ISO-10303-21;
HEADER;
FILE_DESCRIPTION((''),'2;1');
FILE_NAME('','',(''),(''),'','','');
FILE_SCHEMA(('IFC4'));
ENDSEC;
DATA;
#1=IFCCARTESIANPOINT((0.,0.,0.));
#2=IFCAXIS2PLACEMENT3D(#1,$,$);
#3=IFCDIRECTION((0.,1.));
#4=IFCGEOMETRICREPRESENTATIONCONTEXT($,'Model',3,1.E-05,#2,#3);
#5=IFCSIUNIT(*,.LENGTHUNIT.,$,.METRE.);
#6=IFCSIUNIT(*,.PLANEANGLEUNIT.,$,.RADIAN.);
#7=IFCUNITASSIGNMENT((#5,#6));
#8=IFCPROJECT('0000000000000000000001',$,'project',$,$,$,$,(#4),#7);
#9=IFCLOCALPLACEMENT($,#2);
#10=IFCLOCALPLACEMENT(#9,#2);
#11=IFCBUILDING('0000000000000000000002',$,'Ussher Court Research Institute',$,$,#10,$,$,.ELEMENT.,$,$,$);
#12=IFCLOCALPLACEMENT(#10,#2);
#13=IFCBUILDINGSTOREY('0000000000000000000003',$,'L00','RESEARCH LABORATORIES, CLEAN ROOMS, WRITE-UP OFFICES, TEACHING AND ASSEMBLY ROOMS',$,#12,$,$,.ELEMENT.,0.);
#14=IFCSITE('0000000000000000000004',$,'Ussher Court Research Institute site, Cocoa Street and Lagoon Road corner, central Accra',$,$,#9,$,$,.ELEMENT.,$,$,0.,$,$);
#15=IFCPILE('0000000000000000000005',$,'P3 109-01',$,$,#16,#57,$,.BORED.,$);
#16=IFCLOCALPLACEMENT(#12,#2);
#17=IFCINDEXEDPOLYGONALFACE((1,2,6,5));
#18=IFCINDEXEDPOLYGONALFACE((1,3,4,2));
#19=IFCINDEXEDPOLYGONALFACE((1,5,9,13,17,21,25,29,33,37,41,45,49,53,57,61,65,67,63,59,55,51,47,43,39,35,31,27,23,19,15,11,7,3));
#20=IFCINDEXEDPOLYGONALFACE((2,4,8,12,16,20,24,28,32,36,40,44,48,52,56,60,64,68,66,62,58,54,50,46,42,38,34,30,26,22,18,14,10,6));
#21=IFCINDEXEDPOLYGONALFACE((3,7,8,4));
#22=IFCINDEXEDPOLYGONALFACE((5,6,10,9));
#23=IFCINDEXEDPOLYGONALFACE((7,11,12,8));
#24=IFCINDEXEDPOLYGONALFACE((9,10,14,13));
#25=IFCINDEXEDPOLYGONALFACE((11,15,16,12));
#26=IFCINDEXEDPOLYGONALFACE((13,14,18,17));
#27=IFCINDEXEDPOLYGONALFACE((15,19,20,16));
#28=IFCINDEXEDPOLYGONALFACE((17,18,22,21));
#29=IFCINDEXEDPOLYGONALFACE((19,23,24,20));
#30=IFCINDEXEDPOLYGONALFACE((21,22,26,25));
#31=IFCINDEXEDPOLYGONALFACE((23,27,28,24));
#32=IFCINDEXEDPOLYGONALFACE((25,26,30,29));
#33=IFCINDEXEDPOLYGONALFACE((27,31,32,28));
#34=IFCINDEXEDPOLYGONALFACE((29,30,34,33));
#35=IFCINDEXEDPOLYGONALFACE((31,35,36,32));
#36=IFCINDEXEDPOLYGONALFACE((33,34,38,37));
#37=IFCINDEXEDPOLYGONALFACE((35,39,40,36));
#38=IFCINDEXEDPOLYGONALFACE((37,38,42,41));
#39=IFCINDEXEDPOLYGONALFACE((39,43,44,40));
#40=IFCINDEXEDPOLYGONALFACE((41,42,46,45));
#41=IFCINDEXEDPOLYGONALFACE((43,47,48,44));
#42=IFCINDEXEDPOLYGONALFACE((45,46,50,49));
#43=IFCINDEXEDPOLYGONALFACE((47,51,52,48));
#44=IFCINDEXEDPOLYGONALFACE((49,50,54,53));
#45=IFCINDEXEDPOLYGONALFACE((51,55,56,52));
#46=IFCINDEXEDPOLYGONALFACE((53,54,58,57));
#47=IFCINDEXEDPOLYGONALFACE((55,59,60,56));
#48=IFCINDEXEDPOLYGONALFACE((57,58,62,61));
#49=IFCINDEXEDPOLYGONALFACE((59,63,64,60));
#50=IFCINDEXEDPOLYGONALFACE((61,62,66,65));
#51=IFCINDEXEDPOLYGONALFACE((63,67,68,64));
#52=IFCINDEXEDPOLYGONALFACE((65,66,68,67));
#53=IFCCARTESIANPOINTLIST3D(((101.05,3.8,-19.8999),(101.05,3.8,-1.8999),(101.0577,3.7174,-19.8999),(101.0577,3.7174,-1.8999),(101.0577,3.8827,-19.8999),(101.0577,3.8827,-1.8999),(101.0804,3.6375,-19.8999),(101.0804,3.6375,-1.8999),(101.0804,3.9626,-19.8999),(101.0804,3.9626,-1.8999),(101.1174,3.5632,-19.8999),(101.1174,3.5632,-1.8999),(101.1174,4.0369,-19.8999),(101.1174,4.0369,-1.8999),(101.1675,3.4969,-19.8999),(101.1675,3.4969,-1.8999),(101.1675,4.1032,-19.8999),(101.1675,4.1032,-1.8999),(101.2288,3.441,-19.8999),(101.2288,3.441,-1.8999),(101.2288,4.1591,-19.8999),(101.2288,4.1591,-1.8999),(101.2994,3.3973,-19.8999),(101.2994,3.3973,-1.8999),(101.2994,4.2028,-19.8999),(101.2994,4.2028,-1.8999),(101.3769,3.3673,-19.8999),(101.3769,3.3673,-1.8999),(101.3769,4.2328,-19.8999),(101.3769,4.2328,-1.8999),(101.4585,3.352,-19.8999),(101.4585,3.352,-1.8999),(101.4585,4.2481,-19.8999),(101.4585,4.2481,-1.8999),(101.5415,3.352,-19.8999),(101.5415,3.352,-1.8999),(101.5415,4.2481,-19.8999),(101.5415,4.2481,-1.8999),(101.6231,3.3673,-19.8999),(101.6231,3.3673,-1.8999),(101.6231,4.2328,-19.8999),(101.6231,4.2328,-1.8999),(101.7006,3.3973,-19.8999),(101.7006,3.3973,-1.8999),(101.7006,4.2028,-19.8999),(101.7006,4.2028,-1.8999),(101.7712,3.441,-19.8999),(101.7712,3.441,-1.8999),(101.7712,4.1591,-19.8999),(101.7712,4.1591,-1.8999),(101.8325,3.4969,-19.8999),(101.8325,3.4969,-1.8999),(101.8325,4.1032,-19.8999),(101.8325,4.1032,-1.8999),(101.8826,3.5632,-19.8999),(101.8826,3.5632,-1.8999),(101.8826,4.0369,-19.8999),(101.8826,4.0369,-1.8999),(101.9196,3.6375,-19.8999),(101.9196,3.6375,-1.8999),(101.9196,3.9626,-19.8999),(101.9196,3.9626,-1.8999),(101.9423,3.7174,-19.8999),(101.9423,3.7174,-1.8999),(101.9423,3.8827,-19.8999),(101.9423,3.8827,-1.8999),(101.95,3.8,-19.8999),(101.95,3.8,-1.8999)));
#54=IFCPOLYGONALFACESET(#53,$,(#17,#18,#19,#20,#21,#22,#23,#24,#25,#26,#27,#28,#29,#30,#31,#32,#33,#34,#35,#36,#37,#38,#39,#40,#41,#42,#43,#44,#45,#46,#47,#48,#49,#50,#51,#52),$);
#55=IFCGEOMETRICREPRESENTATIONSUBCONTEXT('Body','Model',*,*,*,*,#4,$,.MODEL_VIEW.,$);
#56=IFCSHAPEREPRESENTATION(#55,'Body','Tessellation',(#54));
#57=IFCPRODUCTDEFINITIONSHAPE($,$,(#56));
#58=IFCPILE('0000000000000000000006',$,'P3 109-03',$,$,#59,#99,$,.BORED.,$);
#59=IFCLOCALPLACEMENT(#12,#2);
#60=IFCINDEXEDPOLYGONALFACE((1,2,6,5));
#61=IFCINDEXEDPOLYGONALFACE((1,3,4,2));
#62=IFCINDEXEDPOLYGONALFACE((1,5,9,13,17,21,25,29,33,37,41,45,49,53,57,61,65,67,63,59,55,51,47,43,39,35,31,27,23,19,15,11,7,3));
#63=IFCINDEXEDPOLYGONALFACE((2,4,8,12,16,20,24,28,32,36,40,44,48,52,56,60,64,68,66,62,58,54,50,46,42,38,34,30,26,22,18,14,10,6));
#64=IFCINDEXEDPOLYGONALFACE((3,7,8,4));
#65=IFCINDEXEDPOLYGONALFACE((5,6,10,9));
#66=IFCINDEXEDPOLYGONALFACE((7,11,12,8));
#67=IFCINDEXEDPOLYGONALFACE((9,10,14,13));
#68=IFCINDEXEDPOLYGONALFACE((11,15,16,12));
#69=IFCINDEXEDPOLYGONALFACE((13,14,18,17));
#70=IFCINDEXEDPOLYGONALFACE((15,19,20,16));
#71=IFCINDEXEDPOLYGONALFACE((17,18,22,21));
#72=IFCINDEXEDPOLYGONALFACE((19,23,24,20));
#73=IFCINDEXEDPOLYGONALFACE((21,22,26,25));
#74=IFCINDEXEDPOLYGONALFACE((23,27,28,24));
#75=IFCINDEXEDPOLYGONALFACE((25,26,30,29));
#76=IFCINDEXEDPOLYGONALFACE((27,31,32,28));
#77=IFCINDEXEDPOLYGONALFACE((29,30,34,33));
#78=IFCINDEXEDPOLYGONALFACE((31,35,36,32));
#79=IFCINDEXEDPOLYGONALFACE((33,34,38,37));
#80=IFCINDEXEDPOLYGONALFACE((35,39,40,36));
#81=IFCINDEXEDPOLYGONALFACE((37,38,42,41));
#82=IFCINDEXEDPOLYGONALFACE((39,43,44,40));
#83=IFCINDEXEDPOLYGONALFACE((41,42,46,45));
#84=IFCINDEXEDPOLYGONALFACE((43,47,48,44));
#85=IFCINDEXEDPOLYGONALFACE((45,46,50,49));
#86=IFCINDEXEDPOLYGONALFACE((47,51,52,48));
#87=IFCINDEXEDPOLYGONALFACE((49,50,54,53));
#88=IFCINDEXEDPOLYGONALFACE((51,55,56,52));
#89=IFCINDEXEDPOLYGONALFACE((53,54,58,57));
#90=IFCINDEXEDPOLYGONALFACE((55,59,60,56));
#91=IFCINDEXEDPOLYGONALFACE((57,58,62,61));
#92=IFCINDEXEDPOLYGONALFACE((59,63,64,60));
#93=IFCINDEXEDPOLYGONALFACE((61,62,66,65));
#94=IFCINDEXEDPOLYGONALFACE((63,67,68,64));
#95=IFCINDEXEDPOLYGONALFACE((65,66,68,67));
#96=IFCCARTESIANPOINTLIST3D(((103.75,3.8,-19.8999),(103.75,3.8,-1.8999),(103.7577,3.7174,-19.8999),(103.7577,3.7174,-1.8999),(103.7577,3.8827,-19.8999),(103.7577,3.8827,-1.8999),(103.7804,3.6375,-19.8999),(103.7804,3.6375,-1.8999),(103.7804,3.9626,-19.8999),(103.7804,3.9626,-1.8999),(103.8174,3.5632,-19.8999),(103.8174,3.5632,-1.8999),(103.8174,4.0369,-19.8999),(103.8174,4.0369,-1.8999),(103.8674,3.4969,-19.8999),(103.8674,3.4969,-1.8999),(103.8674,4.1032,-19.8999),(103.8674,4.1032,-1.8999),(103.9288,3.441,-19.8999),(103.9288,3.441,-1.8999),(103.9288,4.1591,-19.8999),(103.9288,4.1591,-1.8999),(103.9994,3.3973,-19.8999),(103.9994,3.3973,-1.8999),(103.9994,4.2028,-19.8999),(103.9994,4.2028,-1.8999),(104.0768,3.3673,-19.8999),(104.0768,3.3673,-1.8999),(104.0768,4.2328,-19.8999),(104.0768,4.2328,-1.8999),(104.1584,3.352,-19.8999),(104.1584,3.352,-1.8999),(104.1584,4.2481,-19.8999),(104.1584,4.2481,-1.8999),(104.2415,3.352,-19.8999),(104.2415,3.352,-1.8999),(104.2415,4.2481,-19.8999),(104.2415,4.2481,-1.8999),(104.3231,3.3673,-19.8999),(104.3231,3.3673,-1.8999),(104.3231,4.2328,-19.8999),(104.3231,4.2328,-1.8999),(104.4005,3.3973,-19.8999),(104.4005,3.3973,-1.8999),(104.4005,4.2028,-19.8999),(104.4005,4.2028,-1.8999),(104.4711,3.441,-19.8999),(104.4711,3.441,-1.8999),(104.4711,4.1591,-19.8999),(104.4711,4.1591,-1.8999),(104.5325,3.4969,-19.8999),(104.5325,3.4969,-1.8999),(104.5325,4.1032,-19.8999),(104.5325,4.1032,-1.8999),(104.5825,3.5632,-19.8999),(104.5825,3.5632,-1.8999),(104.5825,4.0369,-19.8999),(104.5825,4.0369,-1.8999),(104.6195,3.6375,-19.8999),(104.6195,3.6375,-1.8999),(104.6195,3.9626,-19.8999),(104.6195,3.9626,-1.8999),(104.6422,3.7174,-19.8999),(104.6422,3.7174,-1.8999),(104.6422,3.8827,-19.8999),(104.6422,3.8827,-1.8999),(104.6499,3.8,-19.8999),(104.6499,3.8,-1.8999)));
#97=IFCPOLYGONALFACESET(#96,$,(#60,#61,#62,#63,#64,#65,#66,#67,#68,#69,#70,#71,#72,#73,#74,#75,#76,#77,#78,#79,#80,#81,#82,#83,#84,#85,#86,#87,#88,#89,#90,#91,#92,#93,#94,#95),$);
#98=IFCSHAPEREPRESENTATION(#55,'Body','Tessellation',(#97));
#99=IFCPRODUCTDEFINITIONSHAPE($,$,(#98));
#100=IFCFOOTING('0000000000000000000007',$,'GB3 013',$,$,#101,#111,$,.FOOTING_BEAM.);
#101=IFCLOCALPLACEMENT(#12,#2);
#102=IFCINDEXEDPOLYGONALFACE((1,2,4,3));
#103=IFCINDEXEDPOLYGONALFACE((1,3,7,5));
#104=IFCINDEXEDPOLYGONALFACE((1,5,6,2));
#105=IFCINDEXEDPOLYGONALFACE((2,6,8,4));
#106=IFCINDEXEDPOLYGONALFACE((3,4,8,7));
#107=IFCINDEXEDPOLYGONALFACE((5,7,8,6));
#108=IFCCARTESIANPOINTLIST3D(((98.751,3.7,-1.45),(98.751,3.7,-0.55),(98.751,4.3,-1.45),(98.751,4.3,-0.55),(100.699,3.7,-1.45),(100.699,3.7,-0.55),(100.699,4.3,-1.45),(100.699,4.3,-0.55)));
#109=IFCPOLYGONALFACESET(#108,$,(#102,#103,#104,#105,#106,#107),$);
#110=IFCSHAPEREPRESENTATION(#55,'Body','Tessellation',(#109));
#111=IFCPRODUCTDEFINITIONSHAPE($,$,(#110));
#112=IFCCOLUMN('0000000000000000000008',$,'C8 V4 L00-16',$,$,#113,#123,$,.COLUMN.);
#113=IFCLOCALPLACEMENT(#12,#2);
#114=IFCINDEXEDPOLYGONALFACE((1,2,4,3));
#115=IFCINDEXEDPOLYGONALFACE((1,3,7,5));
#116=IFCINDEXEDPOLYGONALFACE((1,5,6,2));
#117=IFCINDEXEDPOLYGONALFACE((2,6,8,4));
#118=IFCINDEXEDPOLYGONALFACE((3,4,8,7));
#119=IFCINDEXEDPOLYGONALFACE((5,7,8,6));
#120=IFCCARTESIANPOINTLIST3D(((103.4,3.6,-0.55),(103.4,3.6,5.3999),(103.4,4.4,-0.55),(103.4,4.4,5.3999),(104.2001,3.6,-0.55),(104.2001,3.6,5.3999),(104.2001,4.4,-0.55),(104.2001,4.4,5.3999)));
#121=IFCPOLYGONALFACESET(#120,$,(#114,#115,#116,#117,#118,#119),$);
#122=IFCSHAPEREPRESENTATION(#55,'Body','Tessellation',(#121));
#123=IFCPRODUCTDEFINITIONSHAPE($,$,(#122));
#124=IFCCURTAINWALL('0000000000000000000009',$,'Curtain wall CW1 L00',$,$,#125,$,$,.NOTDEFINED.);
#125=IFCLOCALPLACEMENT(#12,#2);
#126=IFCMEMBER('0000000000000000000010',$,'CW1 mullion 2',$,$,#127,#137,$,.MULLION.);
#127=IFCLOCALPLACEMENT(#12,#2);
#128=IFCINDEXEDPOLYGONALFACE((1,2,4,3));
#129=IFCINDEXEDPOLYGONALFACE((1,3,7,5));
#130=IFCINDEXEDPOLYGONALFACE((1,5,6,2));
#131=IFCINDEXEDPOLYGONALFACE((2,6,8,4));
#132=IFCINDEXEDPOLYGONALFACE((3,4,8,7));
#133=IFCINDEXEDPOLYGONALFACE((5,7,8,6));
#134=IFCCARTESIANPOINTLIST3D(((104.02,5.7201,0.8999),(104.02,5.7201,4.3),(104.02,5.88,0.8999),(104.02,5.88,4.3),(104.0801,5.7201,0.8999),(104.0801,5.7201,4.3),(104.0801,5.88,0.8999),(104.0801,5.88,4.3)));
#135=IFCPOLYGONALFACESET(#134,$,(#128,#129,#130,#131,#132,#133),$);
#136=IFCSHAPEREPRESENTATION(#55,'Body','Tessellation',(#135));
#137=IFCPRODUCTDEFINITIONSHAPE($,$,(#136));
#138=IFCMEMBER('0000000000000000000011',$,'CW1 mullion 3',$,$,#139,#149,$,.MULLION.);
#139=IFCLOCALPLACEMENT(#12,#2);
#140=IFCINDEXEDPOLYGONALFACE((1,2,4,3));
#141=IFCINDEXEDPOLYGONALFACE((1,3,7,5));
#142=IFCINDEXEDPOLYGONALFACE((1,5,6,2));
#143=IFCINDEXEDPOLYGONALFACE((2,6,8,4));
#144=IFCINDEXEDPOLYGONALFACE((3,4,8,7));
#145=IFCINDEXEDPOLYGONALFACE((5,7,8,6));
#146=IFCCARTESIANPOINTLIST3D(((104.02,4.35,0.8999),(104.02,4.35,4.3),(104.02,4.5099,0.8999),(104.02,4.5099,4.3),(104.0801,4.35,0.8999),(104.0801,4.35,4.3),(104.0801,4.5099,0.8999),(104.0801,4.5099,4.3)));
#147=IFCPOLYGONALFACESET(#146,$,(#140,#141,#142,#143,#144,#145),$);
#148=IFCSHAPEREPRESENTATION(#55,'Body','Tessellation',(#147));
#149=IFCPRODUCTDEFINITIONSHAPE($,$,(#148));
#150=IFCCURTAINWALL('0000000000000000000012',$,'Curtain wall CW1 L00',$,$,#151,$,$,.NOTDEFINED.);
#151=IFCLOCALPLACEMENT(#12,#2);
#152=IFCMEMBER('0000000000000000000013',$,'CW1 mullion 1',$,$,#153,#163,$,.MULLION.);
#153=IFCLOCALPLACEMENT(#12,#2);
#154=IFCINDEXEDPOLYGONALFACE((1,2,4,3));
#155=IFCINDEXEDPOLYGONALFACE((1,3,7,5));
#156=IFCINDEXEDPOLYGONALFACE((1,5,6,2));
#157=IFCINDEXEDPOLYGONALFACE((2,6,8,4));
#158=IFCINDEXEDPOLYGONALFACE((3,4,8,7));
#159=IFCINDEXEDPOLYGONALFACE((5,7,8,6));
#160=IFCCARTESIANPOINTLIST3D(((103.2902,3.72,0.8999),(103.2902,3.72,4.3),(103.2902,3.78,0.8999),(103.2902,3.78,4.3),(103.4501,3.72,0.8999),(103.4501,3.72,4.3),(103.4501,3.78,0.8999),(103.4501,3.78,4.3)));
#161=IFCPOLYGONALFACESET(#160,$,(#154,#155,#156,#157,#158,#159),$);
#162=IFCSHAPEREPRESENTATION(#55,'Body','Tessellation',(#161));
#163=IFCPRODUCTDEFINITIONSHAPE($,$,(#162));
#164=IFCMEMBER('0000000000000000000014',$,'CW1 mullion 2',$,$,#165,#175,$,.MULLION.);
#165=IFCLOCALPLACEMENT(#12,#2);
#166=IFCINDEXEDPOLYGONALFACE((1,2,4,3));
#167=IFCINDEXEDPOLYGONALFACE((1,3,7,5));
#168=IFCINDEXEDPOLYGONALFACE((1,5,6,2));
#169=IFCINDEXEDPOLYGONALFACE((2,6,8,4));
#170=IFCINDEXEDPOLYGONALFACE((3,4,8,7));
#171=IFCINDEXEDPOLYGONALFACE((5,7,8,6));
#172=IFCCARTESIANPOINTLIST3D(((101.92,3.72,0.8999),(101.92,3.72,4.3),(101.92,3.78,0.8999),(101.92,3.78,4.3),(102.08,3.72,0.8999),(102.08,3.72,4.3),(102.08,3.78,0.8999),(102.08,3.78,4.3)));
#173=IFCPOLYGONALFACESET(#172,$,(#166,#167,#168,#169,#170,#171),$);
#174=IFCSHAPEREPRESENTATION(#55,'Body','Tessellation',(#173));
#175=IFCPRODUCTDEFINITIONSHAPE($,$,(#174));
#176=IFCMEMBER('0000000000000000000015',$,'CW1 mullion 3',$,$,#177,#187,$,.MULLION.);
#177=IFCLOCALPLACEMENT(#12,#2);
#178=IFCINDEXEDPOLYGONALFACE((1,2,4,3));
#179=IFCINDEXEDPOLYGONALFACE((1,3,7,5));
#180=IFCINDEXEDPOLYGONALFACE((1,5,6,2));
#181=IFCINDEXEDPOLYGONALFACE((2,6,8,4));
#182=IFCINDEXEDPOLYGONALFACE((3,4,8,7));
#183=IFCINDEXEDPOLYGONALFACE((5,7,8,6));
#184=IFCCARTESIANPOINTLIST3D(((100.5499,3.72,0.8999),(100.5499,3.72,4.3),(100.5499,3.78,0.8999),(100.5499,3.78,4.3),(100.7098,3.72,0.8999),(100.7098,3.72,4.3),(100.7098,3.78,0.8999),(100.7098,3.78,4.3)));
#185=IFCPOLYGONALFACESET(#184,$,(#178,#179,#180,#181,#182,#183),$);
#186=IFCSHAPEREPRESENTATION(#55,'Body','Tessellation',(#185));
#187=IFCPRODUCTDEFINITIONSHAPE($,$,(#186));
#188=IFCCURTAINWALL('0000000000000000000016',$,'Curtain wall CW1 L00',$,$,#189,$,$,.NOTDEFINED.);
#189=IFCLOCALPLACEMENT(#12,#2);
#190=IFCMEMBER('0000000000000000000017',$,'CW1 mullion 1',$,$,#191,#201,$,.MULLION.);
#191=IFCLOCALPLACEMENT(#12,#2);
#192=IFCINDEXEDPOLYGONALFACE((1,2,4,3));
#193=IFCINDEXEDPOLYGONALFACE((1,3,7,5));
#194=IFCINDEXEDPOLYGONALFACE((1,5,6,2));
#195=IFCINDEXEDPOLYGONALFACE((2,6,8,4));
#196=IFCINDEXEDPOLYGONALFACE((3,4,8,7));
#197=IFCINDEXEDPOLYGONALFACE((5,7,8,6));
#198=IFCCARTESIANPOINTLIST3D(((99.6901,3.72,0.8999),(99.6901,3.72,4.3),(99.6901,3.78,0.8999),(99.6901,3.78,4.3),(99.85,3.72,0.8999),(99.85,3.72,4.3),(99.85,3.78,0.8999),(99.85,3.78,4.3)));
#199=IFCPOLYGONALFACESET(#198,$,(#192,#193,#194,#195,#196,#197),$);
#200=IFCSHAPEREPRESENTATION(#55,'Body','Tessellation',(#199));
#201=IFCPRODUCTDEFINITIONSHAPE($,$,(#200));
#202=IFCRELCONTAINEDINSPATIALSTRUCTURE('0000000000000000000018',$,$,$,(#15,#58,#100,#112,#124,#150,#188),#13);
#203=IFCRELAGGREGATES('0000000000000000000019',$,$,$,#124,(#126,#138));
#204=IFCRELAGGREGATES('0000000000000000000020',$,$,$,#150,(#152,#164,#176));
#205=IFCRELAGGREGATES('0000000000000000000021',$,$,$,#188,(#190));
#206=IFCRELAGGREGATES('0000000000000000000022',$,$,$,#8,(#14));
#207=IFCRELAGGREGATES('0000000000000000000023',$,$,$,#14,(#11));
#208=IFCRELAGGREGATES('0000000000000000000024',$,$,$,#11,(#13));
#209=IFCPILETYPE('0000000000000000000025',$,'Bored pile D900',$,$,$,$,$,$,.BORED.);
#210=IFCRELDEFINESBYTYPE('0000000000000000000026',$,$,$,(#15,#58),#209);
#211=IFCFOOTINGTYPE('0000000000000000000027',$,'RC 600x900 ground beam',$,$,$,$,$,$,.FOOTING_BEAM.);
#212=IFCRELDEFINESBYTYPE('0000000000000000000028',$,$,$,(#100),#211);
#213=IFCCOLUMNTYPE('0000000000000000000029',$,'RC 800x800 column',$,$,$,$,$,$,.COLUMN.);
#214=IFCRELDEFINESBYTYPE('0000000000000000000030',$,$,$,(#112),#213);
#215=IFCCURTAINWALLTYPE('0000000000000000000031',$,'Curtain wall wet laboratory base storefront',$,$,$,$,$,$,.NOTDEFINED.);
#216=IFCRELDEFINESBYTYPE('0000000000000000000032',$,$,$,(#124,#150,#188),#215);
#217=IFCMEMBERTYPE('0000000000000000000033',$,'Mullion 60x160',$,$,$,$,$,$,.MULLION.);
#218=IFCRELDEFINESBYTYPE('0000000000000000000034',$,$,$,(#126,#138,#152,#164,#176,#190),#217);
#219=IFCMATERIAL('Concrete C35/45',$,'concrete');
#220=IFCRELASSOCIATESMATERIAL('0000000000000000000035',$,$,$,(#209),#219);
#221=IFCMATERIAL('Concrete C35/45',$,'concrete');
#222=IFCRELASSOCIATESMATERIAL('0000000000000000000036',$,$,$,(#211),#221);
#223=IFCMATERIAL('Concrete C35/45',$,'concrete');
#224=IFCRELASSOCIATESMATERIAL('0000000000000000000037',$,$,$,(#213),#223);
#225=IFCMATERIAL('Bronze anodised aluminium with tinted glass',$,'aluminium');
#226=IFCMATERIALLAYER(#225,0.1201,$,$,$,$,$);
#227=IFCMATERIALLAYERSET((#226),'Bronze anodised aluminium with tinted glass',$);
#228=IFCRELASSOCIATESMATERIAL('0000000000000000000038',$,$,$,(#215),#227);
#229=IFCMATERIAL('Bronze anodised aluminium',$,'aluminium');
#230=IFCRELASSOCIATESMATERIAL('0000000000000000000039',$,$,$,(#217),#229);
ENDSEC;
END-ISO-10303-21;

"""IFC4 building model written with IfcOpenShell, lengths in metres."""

from ifc_helpers import new_model, si_unit, direction, frame, origin, origin_2d, place, context, subcontext, project, spatial, rectangle, circle, extrude, material, layer, layer_set, material_profile, profile_set, type_object, element, aggregate, save


model = new_model("IFC4")

# Units and contexts
model_context = context("Model", 3, precision=1e-05, world=origin(), true_north=direction((0.0, 1.0)))
body_context = subcontext(model_context, "Body", "Model", "MODEL_VIEW")
ifc_project = project(units=[si_unit("LENGTHUNIT", "METRE"), si_unit("PLANEANGLEUNIT", "RADIAN")], contexts=[model_context])

# Site, building, storey
site_placement = place(None, origin())
site = spatial("IfcSite", under=ifc_project, at=site_placement, Name="Ussher Court Research Institute site, Cocoa Street and Lagoon Road corner, central Accra", CompositionType="ELEMENT", RefElevation=0.0)
building_placement = place(site_placement, origin())
building = spatial("IfcBuilding", under=site, at=building_placement, Name="Ussher Court Research Institute", CompositionType="ELEMENT")
storey_placement = place(building_placement, origin())
storey = spatial("IfcBuildingStorey", under=building, at=storey_placement, Name="L00", Description="RESEARCH LABORATORIES, CLEAN ROOMS, WRITE-UP OFFICES, TEACHING AND ASSEMBLY ROOMS", CompositionType="ELEMENT", Elevation=0.0)

# Piles
ifc_material_1 = material(Name="Concrete C35/45", Category="concrete")
ifc_material_profile_1 = material_profile(ifc_material_1, circle(Radius=0.45, at=origin_2d()), Name="RC D900")
ifc_profile_set_1 = profile_set([ifc_material_profile_1], Name="Concrete C35/45")
pile_type = type_object("IfcPileType", Name="Bored pile D900", PredefinedType="BORED", material=ifc_profile_set_1)
for number, where, z_axis, x_axis, name in (
    (1, (101.5, 3.8, -1.8999), (0.0, 0.0, -1.0), (1.0, 0.0, 0.0), "P3 109-01"),
    (2, (104.2, 3.8, -1.8999), (0.0, 0.0, -1.0), (1.0, 0.0, 0.0), "P3 109-03"),
):
    element("IfcPile", number, at=place(storey_placement, frame(where, z_axis=z_axis, x_axis=x_axis)), inside=storey, type_object=pile_type, Name=name, PredefinedType="BORED", context=body_context, shape_type="SweptSolid", body=[
        extrude(circle(Radius=0.45, at=origin_2d()), origin(), (0.0, 0.0, 1.0), 18.0),
    ])

# Footing
ifc_material_2 = material(Name="Concrete C35/45", Category="concrete")
ifc_material_profile_2 = material_profile(ifc_material_2, rectangle(XDim=0.6001, YDim=0.8999, at=origin_2d()), Name="RC 600x900")
ifc_profile_set_2 = profile_set([ifc_material_profile_2], Name="Concrete C35/45")
footing_type = type_object("IfcFootingType", Name="RC 600x900 ground beam", PredefinedType="FOOTING_BEAM", material=ifc_profile_set_2)
footing_placement = place(storey_placement, frame((98.751, 4.0, -1.0), z_axis=(1.0, 0.0, 0.0), x_axis=(0.0, 1.0, 0.0)))
element("IfcFooting", 3, at=footing_placement, inside=storey, type_object=footing_type, Name="GB3 013", PredefinedType="FOOTING_BEAM", context=body_context, shape_type="SweptSolid", body=[
    extrude(rectangle(XDim=0.6001, YDim=0.8999, at=origin_2d()), origin(), (0.0, 0.0, 1.0), 1.948),
])

# Column
ifc_material_3 = material(Name="Concrete C35/45", Category="concrete")
ifc_material_profile_3 = material_profile(ifc_material_3, rectangle(XDim=0.8, YDim=0.8, at=origin_2d()), Name="RC 800x800")
ifc_profile_set_3 = profile_set([ifc_material_profile_3], Name="Concrete C35/45")
column_type = type_object("IfcColumnType", Name="RC 800x800 column", PredefinedType="COLUMN", material=ifc_profile_set_3)
column_placement = place(storey_placement, frame((103.8, 4.0, -0.55), z_axis=(0.0, 0.0, 1.0), x_axis=(1.0, 0.0, 0.0)))
element("IfcColumn", 4, at=column_placement, inside=storey, type_object=column_type, Name="C8 V4 L00-16", PredefinedType="COLUMN", context=body_context, shape_type="SweptSolid", body=[
    extrude(rectangle(XDim=0.8, YDim=0.8, at=origin_2d()), origin(), (0.0, 0.0, 1.0), 5.95),
])

# Curtain walls, members
ifc_material_4 = material(Name="Bronze anodised aluminium with tinted glass", Category="aluminium")
ifc_layer_1 = layer(ifc_material_4, 0.1201)
ifc_layer_set_1 = layer_set([ifc_layer_1], Name="Bronze anodised aluminium with tinted glass")
curtain_wall_type = type_object("IfcCurtainWallType", Name="Curtain wall wet laboratory base storefront", PredefinedType="NOTDEFINED", material=ifc_layer_set_1)
curtain_wall_1_placement = place(storey_placement, origin())
curtain_wall_1 = element("IfcCurtainWall", 5, at=curtain_wall_1_placement, inside=storey, type_object=curtain_wall_type, Name="Curtain wall CW1 L00", PredefinedType="NOTDEFINED")
ifc_material_5 = material(Name="Bronze anodised aluminium", Category="aluminium")
ifc_material_profile_4 = material_profile(ifc_material_5, rectangle(XDim=0.0601, YDim=0.1599, at=origin_2d()), Name="Mullion 60x160")
ifc_profile_set_4 = profile_set([ifc_material_profile_4], Name="Bronze anodised aluminium")
member_type_1 = type_object("IfcMemberType", Name="Mullion 60x160", PredefinedType="MULLION", material=ifc_profile_set_4)
member_1_placement = place(storey_placement, frame((104.05, 5.8, 0.8999), z_axis=(0.0, 0.0, 1.0), x_axis=(1.0, 0.0, 0.0)))
member_1 = element("IfcMember", 6, at=member_1_placement, type_object=member_type_1, Name="CW1 mullion 2", PredefinedType="MULLION", context=body_context, shape_type="SweptSolid", body=[
    extrude(rectangle(XDim=0.0601, YDim=0.1599, at=origin_2d()), origin(), (0.0, 0.0, 1.0), 3.4001),
])
member_2_placement = place(storey_placement, frame((104.05, 4.4299, 0.8999), z_axis=(0.0, 0.0, 1.0), x_axis=(1.0, 0.0, 0.0)))
member_2 = element("IfcMember", 7, at=member_2_placement, type_object=member_type_1, Name="CW1 mullion 3", PredefinedType="MULLION", context=body_context, shape_type="SweptSolid", body=[
    extrude(rectangle(XDim=0.0601, YDim=0.1599, at=origin_2d()), origin(), (0.0, 0.0, 1.0), 3.4001),
])
curtain_wall_2_placement = place(storey_placement, origin())
curtain_wall_2 = element("IfcCurtainWall", 8, at=curtain_wall_2_placement, inside=storey, type_object=curtain_wall_type, Name="Curtain wall CW1 L00", PredefinedType="NOTDEFINED")
member_3_placement = place(storey_placement, frame((103.3701, 3.75, 0.8999), z_axis=(0.0, 0.0, 1.0), x_axis=(0.0, -1.0, 0.0)))
member_3 = element("IfcMember", 9, at=member_3_placement, type_object=member_type_1, Name="CW1 mullion 1", PredefinedType="MULLION", context=body_context, shape_type="SweptSolid", body=[
    extrude(rectangle(XDim=0.0601, YDim=0.1599, at=origin_2d()), origin(), (0.0, 0.0, 1.0), 3.4001),
])
member_4_placement = place(storey_placement, frame((102.0, 3.75, 0.8999), z_axis=(0.0, 0.0, 1.0), x_axis=(0.0, -1.0, 0.0)))
member_4 = element("IfcMember", 10, at=member_4_placement, type_object=member_type_1, Name="CW1 mullion 2", PredefinedType="MULLION", context=body_context, shape_type="SweptSolid", body=[
    extrude(rectangle(XDim=0.0601, YDim=0.1599, at=origin_2d()), origin(), (0.0, 0.0, 1.0), 3.4001),
])
member_5_placement = place(storey_placement, frame((100.6299, 3.75, 0.8999), z_axis=(0.0, 0.0, 1.0), x_axis=(0.0, -1.0, 0.0)))
member_5 = element("IfcMember", 11, at=member_5_placement, type_object=member_type_1, Name="CW1 mullion 3", PredefinedType="MULLION", context=body_context, shape_type="SweptSolid", body=[
    extrude(rectangle(XDim=0.0601, YDim=0.1599, at=origin_2d()), origin(), (0.0, 0.0, 1.0), 3.4001),
])
curtain_wall_3_placement = place(storey_placement, origin())
curtain_wall_3 = element("IfcCurtainWall", 12, at=curtain_wall_3_placement, inside=storey, type_object=curtain_wall_type, Name="Curtain wall CW1 L00", PredefinedType="NOTDEFINED")
member_6_placement = place(storey_placement, frame((99.77, 3.75, 0.8999), z_axis=(0.0, 0.0, 1.0), x_axis=(0.0, -1.0, 0.0)))
member_6 = element("IfcMember", 13, at=member_6_placement, type_object=member_type_1, Name="CW1 mullion 1", PredefinedType="MULLION", context=body_context, shape_type="SweptSolid", body=[
    extrude(rectangle(XDim=0.0601, YDim=0.1599, at=origin_2d()), origin(), (0.0, 0.0, 1.0), 3.4001),
])

aggregate(curtain_wall_1, [member_1, member_2])
aggregate(curtain_wall_2, [member_3, member_4, member_5])
aggregate(curtain_wall_3, [member_6])

save(model, "model.ifc")
